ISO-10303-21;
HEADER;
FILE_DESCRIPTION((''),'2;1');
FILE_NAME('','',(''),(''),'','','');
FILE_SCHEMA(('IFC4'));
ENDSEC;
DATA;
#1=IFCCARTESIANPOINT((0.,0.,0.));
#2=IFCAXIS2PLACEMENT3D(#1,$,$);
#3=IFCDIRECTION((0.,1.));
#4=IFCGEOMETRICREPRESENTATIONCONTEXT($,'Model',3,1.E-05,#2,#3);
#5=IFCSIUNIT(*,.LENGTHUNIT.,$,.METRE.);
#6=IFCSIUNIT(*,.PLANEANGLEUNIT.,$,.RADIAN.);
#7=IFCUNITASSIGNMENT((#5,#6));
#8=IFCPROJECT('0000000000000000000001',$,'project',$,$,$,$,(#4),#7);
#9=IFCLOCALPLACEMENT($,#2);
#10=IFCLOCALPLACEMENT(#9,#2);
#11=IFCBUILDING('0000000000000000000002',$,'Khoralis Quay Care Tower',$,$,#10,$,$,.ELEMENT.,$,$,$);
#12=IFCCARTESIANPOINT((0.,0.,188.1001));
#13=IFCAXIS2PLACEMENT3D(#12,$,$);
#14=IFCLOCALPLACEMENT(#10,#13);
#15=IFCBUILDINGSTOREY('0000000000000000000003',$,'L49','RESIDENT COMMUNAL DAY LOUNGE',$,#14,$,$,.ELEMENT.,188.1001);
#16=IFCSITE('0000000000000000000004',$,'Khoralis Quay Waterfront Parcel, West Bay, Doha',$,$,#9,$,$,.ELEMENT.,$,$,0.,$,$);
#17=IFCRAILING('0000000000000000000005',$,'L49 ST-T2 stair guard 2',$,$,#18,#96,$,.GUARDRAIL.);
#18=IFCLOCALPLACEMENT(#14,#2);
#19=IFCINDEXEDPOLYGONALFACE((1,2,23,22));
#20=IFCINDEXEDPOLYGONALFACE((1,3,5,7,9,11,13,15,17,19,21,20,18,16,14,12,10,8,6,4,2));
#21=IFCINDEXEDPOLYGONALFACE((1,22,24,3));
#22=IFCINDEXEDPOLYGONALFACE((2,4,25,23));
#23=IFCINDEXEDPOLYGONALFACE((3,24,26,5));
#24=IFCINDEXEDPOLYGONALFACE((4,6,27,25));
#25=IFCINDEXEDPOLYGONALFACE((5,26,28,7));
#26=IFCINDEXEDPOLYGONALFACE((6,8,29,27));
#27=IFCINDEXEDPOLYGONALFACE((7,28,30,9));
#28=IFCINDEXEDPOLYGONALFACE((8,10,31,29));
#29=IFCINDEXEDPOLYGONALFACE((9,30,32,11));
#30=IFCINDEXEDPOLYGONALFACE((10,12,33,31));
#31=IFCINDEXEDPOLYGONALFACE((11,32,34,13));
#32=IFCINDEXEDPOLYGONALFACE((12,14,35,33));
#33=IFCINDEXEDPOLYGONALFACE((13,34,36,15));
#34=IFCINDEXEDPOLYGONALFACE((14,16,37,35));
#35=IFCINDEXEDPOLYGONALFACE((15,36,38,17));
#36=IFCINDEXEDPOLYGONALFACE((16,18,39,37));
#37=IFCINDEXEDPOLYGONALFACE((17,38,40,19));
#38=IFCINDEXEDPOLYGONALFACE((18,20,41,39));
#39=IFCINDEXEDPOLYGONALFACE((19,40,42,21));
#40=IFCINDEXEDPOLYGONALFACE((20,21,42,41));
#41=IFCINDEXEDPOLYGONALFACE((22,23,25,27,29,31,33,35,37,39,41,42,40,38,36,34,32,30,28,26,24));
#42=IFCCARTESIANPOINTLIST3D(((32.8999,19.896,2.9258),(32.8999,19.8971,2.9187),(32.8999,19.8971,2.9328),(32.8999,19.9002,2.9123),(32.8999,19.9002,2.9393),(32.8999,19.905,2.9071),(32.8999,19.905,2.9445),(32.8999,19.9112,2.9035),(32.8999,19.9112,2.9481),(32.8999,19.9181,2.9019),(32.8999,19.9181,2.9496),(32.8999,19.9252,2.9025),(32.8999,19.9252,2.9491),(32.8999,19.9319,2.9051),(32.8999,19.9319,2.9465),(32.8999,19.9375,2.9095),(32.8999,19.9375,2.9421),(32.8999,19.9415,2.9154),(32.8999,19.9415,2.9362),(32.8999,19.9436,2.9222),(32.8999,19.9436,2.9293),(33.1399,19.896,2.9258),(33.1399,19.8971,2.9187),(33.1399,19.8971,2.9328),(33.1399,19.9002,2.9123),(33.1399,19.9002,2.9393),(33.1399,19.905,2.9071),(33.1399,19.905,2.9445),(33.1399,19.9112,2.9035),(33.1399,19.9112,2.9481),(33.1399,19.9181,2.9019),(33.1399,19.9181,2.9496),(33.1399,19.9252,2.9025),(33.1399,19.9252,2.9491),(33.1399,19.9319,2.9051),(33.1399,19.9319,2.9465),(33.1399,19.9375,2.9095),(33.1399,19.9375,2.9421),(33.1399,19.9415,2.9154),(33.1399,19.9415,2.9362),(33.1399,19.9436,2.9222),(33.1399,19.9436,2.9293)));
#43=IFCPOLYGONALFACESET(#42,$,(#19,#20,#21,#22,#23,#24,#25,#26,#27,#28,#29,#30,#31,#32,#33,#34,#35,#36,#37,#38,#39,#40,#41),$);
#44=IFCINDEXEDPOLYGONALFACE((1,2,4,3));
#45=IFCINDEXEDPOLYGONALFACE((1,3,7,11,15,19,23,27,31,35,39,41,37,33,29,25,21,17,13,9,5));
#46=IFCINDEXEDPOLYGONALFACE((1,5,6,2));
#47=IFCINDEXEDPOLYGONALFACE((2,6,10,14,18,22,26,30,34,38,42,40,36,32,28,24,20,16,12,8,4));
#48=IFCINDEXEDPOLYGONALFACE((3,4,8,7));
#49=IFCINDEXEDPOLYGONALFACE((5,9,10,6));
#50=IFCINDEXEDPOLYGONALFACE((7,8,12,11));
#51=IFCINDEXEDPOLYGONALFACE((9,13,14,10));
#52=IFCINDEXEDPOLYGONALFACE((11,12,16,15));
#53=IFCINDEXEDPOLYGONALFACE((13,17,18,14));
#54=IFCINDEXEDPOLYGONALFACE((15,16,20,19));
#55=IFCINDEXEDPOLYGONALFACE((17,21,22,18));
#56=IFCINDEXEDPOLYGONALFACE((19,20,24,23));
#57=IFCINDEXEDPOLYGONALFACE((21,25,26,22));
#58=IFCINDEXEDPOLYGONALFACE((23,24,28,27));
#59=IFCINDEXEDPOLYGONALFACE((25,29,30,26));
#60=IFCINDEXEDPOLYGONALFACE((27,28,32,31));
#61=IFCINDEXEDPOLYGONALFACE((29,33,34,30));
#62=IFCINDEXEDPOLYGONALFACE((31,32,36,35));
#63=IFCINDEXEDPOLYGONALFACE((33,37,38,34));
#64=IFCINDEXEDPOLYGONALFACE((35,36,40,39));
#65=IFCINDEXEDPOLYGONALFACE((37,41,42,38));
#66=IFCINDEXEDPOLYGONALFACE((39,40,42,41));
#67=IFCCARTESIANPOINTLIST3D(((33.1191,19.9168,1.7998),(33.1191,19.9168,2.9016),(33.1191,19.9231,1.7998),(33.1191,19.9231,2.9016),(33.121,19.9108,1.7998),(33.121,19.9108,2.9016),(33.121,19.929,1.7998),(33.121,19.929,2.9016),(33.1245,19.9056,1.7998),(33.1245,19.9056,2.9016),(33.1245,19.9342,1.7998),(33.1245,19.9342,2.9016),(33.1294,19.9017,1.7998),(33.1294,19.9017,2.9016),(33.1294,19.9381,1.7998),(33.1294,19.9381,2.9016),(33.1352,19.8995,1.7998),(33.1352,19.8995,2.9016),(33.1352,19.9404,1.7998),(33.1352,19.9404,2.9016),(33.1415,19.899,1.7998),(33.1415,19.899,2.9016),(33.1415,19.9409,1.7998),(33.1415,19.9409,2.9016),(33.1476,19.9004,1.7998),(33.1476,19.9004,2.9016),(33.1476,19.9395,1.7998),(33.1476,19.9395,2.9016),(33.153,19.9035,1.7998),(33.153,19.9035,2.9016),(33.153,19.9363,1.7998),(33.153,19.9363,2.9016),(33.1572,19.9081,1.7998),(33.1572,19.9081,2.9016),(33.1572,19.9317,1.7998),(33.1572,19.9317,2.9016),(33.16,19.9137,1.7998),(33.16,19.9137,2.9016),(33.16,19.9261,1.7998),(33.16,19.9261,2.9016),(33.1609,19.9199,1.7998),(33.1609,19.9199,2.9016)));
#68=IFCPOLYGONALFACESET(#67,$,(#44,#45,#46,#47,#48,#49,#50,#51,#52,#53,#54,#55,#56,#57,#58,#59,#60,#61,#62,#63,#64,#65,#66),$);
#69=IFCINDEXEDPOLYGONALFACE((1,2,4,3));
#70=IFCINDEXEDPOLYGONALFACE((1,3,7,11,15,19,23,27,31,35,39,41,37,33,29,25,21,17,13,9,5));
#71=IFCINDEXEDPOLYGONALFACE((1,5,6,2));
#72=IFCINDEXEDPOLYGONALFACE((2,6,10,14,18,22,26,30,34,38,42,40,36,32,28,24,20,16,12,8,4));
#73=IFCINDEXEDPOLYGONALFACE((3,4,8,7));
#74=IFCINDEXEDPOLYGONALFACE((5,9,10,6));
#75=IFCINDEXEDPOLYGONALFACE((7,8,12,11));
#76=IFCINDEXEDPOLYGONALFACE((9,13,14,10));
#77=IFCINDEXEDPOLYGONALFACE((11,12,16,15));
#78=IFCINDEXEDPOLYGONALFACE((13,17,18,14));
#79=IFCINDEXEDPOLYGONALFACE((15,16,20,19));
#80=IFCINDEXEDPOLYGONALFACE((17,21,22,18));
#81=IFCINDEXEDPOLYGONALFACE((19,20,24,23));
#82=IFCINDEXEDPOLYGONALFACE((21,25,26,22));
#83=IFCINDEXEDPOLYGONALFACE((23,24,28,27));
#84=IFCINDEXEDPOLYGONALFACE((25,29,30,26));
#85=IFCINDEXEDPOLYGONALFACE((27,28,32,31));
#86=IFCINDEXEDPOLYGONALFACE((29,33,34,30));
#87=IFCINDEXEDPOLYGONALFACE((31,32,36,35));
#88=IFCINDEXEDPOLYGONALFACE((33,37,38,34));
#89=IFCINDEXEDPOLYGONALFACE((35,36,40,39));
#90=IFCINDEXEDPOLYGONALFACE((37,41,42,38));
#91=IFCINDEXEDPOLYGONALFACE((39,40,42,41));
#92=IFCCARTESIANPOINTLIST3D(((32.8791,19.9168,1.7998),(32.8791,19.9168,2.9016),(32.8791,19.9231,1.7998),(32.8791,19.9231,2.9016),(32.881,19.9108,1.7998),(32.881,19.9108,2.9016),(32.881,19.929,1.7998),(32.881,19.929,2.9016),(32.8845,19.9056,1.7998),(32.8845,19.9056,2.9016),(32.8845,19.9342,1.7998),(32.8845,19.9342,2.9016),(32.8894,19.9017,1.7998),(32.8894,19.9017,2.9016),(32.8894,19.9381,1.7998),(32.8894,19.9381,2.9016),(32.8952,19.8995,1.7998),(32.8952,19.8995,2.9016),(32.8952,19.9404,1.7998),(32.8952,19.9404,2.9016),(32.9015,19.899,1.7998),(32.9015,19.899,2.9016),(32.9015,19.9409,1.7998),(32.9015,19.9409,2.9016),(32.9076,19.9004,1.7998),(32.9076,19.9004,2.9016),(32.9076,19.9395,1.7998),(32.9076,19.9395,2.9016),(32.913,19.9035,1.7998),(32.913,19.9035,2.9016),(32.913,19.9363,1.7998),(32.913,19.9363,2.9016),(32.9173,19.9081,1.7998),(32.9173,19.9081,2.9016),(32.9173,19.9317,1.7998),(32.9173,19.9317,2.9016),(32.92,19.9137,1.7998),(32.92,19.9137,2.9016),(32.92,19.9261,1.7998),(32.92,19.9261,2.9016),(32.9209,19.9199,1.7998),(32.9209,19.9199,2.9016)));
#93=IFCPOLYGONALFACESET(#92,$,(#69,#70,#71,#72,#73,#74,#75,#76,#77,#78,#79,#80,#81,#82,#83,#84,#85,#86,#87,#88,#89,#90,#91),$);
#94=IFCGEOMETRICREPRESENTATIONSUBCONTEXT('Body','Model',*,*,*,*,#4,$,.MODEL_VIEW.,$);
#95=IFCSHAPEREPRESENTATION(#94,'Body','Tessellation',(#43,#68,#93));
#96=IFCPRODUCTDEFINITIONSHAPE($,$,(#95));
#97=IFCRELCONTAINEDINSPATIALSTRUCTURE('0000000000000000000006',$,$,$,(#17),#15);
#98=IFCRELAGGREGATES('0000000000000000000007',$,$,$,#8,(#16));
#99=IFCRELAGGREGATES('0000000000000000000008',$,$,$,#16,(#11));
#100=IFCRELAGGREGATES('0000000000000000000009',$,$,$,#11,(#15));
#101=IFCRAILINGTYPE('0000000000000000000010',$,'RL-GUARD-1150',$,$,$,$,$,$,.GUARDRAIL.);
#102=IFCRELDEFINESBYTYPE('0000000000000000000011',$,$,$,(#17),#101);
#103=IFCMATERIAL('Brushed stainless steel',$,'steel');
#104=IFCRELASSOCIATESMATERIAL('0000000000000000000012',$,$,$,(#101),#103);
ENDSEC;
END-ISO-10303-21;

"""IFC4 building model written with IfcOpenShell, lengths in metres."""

from ifc_helpers import new_model, si_unit, direction, frame, origin, origin_2d, place, context, subcontext, project, spatial, circle, extrude, material, type_object, element, save


model = new_model("IFC4")

# Units and contexts
model_context = context("Model", 3, precision=1e-05, world=origin(), true_north=direction((0.0, 1.0)))
body_context = subcontext(model_context, "Body", "Model", "MODEL_VIEW")
ifc_project = project(units=[si_unit("LENGTHUNIT", "METRE"), si_unit("PLANEANGLEUNIT", "RADIAN")], contexts=[model_context])

# Site, building, storey
site_placement = place(None, origin())
site = spatial("IfcSite", under=ifc_project, at=site_placement, Name="Khoralis Quay Waterfront Parcel, West Bay, Doha", CompositionType="ELEMENT", RefElevation=0.0)
building_placement = place(site_placement, origin())
building = spatial("IfcBuilding", under=site, at=building_placement, Name="Khoralis Quay Care Tower", CompositionType="ELEMENT")
storey_placement = place(building_placement, frame((0.0, 0.0, 188.1001)))
storey = spatial("IfcBuildingStorey", under=building, at=storey_placement, Name="L49", Description="RESIDENT COMMUNAL DAY LOUNGE", CompositionType="ELEMENT", Elevation=188.1001)

# Shared definitions
ifc_material_1 = material(Name="Brushed stainless steel", Category="steel")

# Railing
railing_type_1 = type_object("IfcRailingType", Name="RL-GUARD-1150", PredefinedType="GUARDRAIL", material=ifc_material_1)
railing_1_placement = place(storey_placement, frame((33.1399, 19.9199, 1.7998)))
element("IfcRailing", 1, at=railing_1_placement, inside=storey, type_object=railing_type_1, Name="L49 ST-T2 stair guard 2", PredefinedType="GUARDRAIL", context=body_context, shape_type="SweptSolid", body=[
    extrude(circle(Radius=0.0239, at=origin_2d()), frame((0.0, 0.0, 1.126), z_axis=(-1.0, 0.0, 0.0), x_axis=(0.0, -1.0, 0.0)), (0.0, 0.0, 1.0), 0.24),
    extrude(circle(Radius=0.021, at=origin_2d()), origin(), (0.0, 0.0, 1.0), 1.1018),
    extrude(circle(Radius=0.021, at=origin_2d()), frame((-0.24, 0.0, 0.0)), (0.0, 0.0, 1.0), 1.1018),
])

save(model, "model.ifc")
